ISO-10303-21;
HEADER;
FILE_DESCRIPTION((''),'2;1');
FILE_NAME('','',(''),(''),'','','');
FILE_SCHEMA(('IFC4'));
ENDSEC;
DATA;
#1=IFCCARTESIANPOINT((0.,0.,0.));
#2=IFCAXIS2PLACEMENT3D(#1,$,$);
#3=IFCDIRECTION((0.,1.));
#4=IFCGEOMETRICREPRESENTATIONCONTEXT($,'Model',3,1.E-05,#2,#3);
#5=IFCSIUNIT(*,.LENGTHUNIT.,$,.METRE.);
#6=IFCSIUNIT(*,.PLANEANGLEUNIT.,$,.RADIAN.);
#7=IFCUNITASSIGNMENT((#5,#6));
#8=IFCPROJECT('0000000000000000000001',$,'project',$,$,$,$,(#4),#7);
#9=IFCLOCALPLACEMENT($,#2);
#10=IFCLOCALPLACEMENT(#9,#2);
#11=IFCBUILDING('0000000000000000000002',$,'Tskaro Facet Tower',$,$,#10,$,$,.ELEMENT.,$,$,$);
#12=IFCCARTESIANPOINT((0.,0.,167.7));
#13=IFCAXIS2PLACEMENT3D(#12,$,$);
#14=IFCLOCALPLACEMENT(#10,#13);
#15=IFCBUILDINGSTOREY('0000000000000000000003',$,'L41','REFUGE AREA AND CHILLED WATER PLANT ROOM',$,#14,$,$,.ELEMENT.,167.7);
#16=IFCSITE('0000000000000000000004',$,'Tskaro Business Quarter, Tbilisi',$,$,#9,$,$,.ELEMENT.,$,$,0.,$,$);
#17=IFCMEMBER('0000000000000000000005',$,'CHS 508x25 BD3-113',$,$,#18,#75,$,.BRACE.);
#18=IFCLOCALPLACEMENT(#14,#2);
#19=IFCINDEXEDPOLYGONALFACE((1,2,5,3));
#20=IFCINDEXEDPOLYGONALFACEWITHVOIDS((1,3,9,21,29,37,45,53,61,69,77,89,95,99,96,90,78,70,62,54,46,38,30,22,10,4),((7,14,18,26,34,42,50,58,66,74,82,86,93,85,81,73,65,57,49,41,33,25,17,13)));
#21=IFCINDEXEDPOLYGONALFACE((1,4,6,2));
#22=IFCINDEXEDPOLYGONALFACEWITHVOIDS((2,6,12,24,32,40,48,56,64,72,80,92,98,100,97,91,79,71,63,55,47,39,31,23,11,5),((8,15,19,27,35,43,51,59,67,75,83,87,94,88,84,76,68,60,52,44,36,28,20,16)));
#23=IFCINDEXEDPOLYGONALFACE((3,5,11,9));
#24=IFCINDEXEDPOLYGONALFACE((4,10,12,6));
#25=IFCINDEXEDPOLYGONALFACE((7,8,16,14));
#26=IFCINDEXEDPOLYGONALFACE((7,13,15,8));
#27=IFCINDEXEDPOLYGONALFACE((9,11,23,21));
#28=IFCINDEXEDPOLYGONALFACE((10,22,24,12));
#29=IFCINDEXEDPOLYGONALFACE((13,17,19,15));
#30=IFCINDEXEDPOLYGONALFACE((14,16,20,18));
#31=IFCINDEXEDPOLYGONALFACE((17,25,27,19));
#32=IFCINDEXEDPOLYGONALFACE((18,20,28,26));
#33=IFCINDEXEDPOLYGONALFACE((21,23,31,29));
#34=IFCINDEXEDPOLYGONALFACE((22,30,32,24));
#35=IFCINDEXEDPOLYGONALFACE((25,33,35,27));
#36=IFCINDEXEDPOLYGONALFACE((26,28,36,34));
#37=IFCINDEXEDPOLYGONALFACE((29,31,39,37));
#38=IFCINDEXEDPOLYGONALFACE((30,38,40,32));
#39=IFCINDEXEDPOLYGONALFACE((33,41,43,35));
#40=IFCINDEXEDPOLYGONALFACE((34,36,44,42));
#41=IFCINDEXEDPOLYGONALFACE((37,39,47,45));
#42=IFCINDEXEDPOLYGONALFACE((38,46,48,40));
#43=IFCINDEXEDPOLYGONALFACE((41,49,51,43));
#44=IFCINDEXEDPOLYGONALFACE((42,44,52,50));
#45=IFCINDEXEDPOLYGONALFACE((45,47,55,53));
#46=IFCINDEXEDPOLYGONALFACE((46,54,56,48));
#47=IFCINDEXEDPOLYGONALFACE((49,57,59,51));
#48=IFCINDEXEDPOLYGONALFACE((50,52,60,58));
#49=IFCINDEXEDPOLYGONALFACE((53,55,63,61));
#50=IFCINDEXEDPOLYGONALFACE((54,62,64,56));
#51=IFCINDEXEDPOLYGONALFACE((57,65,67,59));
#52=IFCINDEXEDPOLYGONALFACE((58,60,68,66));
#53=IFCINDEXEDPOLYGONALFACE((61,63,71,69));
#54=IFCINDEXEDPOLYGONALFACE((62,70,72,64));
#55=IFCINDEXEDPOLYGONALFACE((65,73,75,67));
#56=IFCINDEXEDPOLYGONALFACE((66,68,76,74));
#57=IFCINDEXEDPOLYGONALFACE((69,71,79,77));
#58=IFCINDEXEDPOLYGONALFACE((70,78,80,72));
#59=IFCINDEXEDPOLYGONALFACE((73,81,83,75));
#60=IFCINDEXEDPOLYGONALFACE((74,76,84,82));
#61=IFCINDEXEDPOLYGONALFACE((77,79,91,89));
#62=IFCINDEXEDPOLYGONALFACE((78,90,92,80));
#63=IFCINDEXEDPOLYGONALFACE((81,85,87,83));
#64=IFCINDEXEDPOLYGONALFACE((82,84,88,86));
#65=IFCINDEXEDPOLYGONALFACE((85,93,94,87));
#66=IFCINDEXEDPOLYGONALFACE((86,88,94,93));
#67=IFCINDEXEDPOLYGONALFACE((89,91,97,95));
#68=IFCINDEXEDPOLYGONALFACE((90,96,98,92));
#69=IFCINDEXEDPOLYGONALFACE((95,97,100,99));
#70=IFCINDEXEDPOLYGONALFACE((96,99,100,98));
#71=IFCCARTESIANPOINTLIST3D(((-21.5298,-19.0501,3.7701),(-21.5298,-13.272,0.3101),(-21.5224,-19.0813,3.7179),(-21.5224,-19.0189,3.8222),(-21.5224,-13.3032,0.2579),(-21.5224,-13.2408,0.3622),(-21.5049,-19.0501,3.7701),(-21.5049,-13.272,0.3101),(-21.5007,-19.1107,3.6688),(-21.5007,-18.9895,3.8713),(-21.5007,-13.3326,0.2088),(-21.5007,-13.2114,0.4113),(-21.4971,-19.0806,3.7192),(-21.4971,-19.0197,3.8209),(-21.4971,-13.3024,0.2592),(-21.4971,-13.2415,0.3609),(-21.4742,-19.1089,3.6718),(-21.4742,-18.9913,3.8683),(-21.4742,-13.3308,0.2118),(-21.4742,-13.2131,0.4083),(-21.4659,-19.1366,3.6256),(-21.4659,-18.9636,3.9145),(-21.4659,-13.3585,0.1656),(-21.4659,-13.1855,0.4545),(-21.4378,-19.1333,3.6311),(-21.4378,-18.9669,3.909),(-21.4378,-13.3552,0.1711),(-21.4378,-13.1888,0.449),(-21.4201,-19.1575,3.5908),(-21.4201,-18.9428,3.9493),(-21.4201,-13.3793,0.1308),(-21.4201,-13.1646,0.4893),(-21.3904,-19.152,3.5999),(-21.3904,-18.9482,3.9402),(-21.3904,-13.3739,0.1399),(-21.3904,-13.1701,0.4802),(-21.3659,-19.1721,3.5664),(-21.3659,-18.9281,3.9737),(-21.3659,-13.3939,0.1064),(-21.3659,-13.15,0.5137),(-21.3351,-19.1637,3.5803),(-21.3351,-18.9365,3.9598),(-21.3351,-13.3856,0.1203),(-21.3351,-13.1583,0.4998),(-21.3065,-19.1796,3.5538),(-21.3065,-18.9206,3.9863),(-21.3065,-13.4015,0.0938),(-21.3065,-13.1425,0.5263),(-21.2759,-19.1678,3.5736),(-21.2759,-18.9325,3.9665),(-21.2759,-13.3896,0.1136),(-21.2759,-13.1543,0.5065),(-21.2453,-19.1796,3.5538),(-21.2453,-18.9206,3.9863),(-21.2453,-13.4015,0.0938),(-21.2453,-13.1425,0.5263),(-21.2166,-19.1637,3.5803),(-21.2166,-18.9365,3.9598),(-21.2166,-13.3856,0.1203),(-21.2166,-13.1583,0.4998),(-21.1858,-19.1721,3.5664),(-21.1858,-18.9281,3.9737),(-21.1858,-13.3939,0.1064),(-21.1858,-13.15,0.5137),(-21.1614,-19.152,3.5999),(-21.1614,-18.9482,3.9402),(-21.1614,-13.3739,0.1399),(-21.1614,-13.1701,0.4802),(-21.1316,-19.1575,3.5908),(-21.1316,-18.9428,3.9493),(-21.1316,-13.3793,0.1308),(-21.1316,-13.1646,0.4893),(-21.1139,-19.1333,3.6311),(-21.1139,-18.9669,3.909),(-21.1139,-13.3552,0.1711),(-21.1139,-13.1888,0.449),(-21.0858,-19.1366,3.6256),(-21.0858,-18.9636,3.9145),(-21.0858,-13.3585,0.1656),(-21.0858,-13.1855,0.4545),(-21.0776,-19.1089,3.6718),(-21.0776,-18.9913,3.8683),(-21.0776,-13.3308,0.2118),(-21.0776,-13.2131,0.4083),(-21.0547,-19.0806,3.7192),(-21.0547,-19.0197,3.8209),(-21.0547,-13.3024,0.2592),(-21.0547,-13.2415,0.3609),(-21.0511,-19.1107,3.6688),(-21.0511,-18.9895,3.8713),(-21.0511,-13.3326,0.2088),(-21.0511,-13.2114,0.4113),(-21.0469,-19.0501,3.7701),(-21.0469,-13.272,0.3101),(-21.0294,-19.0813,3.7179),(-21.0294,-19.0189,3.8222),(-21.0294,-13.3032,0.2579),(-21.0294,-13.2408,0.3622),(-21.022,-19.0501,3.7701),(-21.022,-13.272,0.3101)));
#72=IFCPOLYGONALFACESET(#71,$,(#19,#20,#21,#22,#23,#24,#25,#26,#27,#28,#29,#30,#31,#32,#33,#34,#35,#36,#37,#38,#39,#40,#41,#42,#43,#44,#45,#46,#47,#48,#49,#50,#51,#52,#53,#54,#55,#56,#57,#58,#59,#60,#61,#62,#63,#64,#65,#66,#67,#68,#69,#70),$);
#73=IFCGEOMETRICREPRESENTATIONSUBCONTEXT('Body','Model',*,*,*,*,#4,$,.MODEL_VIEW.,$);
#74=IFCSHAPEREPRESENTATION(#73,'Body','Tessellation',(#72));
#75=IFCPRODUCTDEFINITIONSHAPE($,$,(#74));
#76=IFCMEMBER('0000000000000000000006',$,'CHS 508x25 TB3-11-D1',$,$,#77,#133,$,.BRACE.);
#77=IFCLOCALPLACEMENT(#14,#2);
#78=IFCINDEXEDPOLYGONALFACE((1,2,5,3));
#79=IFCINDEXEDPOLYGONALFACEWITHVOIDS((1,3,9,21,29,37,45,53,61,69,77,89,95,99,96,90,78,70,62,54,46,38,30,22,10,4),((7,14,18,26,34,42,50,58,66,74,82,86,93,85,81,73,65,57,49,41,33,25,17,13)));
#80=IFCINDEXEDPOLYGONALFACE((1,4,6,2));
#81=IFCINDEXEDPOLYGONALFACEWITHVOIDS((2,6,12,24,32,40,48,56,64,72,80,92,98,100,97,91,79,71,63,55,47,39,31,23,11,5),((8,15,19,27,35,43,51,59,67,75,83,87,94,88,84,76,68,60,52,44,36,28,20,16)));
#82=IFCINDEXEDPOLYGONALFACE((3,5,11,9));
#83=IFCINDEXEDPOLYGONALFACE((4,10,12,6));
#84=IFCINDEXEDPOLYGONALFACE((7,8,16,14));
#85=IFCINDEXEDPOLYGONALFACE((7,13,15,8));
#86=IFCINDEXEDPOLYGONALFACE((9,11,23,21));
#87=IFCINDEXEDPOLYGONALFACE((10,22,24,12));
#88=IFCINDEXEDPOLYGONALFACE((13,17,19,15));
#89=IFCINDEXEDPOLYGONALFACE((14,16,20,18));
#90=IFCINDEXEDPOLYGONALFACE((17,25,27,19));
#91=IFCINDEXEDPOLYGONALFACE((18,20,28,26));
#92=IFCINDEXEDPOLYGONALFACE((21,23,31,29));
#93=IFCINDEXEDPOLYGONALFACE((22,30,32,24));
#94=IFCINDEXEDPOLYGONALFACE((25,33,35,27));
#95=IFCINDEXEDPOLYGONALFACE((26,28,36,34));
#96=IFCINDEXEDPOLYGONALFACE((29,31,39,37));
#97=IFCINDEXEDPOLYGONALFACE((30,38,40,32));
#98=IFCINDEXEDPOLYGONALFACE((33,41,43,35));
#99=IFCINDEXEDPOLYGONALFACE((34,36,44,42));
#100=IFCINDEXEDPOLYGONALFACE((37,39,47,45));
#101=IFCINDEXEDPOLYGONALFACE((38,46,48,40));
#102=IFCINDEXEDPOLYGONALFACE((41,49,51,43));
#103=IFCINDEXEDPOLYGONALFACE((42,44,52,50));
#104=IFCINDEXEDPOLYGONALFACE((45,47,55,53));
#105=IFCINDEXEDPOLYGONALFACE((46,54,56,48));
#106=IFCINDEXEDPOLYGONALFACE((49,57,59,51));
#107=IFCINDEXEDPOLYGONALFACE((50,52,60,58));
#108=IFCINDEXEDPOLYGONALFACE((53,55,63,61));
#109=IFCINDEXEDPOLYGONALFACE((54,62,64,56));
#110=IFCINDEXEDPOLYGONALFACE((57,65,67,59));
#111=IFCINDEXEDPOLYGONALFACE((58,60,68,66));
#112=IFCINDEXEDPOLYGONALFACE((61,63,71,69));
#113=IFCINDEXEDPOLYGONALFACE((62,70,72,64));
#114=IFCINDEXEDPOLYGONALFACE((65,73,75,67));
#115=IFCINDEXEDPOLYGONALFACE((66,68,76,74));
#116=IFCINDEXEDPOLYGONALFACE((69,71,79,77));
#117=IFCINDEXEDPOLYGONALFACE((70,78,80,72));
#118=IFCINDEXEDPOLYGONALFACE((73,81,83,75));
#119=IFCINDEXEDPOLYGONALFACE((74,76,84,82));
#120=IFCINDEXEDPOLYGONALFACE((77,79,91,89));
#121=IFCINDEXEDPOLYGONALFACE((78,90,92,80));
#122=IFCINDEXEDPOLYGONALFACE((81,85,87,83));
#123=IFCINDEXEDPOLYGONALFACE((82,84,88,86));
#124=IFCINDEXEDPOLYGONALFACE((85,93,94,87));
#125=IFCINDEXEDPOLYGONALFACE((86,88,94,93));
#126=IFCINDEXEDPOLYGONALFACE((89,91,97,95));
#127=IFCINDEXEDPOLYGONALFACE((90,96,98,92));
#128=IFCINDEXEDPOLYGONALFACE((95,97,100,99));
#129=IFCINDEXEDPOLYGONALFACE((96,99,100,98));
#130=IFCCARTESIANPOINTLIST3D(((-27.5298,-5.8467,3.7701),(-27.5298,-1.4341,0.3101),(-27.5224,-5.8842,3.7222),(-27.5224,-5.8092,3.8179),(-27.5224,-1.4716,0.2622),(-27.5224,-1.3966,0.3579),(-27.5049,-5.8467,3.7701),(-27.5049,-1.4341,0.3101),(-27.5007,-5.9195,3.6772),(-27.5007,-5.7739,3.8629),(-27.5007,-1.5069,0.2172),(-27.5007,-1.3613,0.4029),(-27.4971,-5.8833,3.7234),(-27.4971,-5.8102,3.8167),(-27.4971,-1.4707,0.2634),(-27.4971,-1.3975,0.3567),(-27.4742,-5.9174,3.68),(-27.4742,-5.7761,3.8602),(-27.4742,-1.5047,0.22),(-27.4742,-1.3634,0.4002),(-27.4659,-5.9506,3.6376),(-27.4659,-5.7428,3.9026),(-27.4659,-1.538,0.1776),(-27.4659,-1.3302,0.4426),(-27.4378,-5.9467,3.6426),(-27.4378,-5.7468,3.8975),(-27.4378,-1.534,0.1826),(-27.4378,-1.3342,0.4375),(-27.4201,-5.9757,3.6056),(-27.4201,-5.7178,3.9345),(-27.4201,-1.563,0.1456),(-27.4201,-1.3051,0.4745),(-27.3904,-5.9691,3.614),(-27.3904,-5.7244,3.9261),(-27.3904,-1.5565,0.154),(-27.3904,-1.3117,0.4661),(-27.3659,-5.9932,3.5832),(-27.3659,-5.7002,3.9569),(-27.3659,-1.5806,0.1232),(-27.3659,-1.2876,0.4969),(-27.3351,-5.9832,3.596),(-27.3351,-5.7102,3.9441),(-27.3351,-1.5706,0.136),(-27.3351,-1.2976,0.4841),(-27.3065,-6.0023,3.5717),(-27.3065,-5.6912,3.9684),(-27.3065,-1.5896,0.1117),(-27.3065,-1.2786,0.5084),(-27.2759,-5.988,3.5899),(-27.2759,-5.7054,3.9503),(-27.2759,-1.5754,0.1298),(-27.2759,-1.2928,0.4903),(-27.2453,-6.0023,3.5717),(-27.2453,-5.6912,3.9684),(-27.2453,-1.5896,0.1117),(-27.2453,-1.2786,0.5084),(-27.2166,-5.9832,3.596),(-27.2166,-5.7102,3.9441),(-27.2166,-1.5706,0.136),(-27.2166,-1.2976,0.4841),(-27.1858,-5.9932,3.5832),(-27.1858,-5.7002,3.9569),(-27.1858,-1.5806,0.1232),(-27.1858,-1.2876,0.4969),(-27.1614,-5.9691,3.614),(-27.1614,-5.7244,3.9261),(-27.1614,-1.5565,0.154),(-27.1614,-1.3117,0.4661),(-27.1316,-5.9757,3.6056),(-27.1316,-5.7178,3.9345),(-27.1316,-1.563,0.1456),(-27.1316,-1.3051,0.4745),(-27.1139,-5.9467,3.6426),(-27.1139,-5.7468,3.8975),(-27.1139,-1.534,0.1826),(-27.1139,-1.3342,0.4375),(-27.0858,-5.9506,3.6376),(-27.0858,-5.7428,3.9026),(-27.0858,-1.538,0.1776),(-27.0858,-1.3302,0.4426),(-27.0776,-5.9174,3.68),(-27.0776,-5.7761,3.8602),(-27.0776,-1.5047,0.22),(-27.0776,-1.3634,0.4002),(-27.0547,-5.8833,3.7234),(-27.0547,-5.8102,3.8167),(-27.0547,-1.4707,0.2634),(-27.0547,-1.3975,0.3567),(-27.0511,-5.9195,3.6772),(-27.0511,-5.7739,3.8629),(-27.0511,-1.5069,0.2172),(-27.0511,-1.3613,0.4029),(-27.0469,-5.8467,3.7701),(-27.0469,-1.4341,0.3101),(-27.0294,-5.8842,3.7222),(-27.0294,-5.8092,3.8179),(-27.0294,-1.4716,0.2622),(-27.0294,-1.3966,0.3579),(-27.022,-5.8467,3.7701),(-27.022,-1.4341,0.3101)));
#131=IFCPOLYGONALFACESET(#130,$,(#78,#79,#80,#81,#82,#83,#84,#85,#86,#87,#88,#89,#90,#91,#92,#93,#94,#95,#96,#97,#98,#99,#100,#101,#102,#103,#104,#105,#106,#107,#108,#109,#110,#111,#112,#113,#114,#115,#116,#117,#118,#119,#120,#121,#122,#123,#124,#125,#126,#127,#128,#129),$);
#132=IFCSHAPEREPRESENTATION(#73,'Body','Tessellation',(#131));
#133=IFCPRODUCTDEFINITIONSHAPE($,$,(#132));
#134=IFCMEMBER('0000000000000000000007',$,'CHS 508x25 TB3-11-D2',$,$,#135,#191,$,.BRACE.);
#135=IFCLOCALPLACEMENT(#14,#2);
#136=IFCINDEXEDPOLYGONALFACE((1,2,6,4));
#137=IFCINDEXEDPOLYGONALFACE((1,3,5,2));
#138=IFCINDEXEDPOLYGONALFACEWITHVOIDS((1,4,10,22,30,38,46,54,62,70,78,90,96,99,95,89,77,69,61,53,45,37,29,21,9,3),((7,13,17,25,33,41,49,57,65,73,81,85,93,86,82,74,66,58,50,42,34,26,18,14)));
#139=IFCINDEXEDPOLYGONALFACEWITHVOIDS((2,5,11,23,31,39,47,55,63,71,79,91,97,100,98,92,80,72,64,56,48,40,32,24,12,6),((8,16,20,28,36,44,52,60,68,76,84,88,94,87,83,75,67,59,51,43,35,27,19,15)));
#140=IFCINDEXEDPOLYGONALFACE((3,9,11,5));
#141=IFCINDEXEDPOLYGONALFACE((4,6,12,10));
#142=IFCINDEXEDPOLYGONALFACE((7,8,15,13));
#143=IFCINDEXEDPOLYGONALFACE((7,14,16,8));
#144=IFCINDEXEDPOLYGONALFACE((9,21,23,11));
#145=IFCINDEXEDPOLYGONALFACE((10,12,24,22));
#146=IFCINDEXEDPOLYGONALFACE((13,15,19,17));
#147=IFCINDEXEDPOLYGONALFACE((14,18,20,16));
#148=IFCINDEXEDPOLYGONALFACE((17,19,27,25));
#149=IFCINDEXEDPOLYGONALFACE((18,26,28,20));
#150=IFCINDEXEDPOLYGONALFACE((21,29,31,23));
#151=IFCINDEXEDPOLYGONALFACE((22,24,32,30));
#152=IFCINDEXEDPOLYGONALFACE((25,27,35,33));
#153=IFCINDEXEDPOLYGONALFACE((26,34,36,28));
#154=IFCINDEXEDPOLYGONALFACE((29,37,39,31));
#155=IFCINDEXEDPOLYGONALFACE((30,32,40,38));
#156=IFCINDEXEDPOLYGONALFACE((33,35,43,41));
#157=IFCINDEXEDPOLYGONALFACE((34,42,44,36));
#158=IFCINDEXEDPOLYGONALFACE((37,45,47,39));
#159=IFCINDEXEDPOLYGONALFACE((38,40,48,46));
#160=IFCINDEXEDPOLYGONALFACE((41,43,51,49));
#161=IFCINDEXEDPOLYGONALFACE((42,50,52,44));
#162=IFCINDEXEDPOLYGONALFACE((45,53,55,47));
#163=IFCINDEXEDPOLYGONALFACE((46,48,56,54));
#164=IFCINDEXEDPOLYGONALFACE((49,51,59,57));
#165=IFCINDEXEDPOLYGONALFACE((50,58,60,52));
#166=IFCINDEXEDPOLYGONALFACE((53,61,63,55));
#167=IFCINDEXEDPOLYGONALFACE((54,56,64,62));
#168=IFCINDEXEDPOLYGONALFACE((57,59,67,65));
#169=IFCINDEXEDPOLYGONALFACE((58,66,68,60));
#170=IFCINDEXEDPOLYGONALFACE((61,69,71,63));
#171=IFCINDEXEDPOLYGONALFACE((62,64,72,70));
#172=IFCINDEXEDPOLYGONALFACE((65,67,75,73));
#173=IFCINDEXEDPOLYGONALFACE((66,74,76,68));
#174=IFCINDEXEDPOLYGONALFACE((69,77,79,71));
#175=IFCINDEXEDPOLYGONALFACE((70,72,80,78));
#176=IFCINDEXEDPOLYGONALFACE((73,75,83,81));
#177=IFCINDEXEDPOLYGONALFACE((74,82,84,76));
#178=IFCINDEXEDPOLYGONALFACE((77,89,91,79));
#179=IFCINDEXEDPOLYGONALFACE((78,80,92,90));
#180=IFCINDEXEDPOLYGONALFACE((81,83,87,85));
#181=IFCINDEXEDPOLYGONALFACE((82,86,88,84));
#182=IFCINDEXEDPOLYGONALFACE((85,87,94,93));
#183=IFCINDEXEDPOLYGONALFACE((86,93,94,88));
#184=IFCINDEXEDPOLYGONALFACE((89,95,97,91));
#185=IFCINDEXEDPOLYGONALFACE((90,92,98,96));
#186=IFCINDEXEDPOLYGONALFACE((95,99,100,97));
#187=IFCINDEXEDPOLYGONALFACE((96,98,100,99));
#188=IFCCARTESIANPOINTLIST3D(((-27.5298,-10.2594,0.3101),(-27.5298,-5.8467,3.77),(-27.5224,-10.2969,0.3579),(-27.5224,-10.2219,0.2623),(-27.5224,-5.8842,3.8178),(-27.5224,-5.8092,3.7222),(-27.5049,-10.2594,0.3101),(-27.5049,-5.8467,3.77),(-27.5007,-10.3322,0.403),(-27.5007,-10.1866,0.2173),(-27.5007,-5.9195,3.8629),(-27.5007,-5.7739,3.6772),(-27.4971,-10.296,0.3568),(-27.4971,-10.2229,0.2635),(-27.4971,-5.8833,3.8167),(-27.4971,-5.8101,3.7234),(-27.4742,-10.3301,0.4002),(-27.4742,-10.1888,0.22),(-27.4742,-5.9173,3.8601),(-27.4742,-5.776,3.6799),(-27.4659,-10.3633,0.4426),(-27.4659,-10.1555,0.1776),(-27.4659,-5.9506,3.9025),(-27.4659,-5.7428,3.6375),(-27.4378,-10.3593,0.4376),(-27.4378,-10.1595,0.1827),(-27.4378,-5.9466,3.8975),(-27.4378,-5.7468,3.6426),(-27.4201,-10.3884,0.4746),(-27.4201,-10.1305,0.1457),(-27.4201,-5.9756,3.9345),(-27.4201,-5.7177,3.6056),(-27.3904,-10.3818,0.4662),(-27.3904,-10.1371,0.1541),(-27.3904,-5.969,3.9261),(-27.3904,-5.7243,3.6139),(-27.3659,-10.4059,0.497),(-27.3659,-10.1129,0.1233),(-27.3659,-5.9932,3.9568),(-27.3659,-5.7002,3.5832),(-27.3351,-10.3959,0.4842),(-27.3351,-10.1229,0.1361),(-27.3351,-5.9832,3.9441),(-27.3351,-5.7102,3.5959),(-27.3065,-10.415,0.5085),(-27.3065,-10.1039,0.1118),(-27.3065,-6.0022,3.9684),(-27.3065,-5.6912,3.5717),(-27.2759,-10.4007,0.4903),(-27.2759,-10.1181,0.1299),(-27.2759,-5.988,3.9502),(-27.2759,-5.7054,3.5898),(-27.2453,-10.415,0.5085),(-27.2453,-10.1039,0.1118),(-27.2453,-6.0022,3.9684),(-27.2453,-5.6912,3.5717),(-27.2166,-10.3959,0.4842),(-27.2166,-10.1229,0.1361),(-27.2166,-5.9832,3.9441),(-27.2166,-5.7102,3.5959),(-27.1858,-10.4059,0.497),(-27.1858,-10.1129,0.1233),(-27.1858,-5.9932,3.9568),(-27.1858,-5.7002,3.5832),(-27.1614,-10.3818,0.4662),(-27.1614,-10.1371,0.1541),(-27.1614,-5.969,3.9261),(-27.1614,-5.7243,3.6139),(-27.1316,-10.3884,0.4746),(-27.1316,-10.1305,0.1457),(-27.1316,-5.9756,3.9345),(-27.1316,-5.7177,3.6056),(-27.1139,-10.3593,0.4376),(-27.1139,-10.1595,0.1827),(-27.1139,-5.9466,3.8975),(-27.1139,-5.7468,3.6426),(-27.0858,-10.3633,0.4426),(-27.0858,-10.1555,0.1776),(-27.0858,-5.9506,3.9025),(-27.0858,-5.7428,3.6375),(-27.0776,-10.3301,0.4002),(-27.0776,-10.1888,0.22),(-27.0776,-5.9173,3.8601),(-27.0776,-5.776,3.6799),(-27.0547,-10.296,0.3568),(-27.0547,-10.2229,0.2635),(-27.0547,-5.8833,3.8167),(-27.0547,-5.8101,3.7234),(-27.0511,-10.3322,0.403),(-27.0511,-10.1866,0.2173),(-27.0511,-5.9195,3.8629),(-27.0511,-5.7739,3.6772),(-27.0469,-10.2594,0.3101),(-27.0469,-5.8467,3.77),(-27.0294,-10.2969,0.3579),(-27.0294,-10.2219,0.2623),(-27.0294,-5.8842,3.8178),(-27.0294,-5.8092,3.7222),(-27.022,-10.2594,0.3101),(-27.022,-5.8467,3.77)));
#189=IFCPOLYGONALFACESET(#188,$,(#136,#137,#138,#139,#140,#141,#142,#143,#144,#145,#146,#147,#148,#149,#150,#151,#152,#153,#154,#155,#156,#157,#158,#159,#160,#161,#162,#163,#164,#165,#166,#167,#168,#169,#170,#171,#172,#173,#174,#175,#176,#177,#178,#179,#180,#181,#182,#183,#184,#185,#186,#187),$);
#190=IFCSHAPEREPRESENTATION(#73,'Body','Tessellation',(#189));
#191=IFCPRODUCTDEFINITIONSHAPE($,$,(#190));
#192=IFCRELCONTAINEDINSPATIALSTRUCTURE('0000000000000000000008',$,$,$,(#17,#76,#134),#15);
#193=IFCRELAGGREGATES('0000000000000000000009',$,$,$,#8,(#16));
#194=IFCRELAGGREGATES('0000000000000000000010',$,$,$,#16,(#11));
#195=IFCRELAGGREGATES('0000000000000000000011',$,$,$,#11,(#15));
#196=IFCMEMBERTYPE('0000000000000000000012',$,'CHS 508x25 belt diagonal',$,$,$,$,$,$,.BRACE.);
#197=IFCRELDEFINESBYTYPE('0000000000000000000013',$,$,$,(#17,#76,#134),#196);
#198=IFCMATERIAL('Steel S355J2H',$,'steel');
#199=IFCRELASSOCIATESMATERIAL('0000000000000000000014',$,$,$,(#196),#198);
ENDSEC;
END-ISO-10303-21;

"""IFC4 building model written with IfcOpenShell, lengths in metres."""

from ifc_helpers import new_model, si_unit, direction, frame, origin, origin_2d, place, context, subcontext, project, spatial, hollow_circle, extrude, material, material_profile, profile_set, type_object, element, save


model = new_model("IFC4")

# Units and contexts
model_context = context("Model", 3, precision=1e-05, world=origin(), true_north=direction((0.0, 1.0)))
body_context = subcontext(model_context, "Body", "Model", "MODEL_VIEW")
ifc_project = project(units=[si_unit("LENGTHUNIT", "METRE"), si_unit("PLANEANGLEUNIT", "RADIAN")], contexts=[model_context])

# Site, building, storey
site_placement = place(None, origin())
site = spatial("IfcSite", under=ifc_project, at=site_placement, Name="Tskaro Business Quarter, Tbilisi", CompositionType="ELEMENT", RefElevation=0.0)
building_placement = place(site_placement, origin())
building = spatial("IfcBuilding", under=site, at=building_placement, Name="Tskaro Facet Tower", CompositionType="ELEMENT")
storey_placement = place(building_placement, frame((0.0, 0.0, 167.7)))
storey = spatial("IfcBuildingStorey", under=building, at=storey_placement, Name="L41", Description="REFUGE AREA AND CHILLED WATER PLANT ROOM", CompositionType="ELEMENT", Elevation=167.7)

# Shared definitions
ifc_material_1 = material(Name="Steel S355J2H", Category="steel")

# Members
ifc_material_profile_1 = material_profile(ifc_material_1, hollow_circle(Radius=0.2539, WallThickness=0.0249, at=origin_2d()), Name="CHS 508x25")
ifc_profile_set_1 = profile_set([ifc_material_profile_1], Name="Steel S355J2H")
member_type_1 = type_object("IfcMemberType", Name="CHS 508x25 belt diagonal", PredefinedType="BRACE", material=ifc_profile_set_1)
for number, where, z_axis, x_axis, name in (
    (1, (-21.2759, -13.272, 0.3101), (0.0, -0.857944, 0.513744), (1.0, 0.0, 0.0), "CHS 508x25 BD3-113"),
):
    element("IfcMember", number, at=place(storey_placement, frame(where, z_axis=z_axis, x_axis=x_axis)), inside=storey, type_object=member_type_1, Name=name, PredefinedType="BRACE", context=body_context, shape_type="SweptSolid", body=[
        extrude(hollow_circle(Radius=0.2539, WallThickness=0.0249, at=origin_2d()), origin(), (0.0, 0.0, 1.0), 6.7349),
    ])
for number, where, z_axis, x_axis, name in (
    (2, (-27.2759, -1.4341, 0.3101), (0.0, -0.786931, 0.617041), (1.0, 0.0, 0.0), "CHS 508x25 TB3-11-D1"),
    (3, (-27.2759, -5.8467, 3.77), (0.0, -0.786948, -0.617019), (1.0, 0.0, 0.0), "CHS 508x25 TB3-11-D2"),
):
    element("IfcMember", number, at=place(storey_placement, frame(where, z_axis=z_axis, x_axis=x_axis)), inside=storey, type_object=member_type_1, Name=name, PredefinedType="BRACE", context=body_context, shape_type="SweptSolid", body=[
        extrude(hollow_circle(Radius=0.2539, WallThickness=0.0249, at=origin_2d()), origin(), (0.0, 0.0, 1.0), 5.6074),
    ])

save(model, "model.ifc")
